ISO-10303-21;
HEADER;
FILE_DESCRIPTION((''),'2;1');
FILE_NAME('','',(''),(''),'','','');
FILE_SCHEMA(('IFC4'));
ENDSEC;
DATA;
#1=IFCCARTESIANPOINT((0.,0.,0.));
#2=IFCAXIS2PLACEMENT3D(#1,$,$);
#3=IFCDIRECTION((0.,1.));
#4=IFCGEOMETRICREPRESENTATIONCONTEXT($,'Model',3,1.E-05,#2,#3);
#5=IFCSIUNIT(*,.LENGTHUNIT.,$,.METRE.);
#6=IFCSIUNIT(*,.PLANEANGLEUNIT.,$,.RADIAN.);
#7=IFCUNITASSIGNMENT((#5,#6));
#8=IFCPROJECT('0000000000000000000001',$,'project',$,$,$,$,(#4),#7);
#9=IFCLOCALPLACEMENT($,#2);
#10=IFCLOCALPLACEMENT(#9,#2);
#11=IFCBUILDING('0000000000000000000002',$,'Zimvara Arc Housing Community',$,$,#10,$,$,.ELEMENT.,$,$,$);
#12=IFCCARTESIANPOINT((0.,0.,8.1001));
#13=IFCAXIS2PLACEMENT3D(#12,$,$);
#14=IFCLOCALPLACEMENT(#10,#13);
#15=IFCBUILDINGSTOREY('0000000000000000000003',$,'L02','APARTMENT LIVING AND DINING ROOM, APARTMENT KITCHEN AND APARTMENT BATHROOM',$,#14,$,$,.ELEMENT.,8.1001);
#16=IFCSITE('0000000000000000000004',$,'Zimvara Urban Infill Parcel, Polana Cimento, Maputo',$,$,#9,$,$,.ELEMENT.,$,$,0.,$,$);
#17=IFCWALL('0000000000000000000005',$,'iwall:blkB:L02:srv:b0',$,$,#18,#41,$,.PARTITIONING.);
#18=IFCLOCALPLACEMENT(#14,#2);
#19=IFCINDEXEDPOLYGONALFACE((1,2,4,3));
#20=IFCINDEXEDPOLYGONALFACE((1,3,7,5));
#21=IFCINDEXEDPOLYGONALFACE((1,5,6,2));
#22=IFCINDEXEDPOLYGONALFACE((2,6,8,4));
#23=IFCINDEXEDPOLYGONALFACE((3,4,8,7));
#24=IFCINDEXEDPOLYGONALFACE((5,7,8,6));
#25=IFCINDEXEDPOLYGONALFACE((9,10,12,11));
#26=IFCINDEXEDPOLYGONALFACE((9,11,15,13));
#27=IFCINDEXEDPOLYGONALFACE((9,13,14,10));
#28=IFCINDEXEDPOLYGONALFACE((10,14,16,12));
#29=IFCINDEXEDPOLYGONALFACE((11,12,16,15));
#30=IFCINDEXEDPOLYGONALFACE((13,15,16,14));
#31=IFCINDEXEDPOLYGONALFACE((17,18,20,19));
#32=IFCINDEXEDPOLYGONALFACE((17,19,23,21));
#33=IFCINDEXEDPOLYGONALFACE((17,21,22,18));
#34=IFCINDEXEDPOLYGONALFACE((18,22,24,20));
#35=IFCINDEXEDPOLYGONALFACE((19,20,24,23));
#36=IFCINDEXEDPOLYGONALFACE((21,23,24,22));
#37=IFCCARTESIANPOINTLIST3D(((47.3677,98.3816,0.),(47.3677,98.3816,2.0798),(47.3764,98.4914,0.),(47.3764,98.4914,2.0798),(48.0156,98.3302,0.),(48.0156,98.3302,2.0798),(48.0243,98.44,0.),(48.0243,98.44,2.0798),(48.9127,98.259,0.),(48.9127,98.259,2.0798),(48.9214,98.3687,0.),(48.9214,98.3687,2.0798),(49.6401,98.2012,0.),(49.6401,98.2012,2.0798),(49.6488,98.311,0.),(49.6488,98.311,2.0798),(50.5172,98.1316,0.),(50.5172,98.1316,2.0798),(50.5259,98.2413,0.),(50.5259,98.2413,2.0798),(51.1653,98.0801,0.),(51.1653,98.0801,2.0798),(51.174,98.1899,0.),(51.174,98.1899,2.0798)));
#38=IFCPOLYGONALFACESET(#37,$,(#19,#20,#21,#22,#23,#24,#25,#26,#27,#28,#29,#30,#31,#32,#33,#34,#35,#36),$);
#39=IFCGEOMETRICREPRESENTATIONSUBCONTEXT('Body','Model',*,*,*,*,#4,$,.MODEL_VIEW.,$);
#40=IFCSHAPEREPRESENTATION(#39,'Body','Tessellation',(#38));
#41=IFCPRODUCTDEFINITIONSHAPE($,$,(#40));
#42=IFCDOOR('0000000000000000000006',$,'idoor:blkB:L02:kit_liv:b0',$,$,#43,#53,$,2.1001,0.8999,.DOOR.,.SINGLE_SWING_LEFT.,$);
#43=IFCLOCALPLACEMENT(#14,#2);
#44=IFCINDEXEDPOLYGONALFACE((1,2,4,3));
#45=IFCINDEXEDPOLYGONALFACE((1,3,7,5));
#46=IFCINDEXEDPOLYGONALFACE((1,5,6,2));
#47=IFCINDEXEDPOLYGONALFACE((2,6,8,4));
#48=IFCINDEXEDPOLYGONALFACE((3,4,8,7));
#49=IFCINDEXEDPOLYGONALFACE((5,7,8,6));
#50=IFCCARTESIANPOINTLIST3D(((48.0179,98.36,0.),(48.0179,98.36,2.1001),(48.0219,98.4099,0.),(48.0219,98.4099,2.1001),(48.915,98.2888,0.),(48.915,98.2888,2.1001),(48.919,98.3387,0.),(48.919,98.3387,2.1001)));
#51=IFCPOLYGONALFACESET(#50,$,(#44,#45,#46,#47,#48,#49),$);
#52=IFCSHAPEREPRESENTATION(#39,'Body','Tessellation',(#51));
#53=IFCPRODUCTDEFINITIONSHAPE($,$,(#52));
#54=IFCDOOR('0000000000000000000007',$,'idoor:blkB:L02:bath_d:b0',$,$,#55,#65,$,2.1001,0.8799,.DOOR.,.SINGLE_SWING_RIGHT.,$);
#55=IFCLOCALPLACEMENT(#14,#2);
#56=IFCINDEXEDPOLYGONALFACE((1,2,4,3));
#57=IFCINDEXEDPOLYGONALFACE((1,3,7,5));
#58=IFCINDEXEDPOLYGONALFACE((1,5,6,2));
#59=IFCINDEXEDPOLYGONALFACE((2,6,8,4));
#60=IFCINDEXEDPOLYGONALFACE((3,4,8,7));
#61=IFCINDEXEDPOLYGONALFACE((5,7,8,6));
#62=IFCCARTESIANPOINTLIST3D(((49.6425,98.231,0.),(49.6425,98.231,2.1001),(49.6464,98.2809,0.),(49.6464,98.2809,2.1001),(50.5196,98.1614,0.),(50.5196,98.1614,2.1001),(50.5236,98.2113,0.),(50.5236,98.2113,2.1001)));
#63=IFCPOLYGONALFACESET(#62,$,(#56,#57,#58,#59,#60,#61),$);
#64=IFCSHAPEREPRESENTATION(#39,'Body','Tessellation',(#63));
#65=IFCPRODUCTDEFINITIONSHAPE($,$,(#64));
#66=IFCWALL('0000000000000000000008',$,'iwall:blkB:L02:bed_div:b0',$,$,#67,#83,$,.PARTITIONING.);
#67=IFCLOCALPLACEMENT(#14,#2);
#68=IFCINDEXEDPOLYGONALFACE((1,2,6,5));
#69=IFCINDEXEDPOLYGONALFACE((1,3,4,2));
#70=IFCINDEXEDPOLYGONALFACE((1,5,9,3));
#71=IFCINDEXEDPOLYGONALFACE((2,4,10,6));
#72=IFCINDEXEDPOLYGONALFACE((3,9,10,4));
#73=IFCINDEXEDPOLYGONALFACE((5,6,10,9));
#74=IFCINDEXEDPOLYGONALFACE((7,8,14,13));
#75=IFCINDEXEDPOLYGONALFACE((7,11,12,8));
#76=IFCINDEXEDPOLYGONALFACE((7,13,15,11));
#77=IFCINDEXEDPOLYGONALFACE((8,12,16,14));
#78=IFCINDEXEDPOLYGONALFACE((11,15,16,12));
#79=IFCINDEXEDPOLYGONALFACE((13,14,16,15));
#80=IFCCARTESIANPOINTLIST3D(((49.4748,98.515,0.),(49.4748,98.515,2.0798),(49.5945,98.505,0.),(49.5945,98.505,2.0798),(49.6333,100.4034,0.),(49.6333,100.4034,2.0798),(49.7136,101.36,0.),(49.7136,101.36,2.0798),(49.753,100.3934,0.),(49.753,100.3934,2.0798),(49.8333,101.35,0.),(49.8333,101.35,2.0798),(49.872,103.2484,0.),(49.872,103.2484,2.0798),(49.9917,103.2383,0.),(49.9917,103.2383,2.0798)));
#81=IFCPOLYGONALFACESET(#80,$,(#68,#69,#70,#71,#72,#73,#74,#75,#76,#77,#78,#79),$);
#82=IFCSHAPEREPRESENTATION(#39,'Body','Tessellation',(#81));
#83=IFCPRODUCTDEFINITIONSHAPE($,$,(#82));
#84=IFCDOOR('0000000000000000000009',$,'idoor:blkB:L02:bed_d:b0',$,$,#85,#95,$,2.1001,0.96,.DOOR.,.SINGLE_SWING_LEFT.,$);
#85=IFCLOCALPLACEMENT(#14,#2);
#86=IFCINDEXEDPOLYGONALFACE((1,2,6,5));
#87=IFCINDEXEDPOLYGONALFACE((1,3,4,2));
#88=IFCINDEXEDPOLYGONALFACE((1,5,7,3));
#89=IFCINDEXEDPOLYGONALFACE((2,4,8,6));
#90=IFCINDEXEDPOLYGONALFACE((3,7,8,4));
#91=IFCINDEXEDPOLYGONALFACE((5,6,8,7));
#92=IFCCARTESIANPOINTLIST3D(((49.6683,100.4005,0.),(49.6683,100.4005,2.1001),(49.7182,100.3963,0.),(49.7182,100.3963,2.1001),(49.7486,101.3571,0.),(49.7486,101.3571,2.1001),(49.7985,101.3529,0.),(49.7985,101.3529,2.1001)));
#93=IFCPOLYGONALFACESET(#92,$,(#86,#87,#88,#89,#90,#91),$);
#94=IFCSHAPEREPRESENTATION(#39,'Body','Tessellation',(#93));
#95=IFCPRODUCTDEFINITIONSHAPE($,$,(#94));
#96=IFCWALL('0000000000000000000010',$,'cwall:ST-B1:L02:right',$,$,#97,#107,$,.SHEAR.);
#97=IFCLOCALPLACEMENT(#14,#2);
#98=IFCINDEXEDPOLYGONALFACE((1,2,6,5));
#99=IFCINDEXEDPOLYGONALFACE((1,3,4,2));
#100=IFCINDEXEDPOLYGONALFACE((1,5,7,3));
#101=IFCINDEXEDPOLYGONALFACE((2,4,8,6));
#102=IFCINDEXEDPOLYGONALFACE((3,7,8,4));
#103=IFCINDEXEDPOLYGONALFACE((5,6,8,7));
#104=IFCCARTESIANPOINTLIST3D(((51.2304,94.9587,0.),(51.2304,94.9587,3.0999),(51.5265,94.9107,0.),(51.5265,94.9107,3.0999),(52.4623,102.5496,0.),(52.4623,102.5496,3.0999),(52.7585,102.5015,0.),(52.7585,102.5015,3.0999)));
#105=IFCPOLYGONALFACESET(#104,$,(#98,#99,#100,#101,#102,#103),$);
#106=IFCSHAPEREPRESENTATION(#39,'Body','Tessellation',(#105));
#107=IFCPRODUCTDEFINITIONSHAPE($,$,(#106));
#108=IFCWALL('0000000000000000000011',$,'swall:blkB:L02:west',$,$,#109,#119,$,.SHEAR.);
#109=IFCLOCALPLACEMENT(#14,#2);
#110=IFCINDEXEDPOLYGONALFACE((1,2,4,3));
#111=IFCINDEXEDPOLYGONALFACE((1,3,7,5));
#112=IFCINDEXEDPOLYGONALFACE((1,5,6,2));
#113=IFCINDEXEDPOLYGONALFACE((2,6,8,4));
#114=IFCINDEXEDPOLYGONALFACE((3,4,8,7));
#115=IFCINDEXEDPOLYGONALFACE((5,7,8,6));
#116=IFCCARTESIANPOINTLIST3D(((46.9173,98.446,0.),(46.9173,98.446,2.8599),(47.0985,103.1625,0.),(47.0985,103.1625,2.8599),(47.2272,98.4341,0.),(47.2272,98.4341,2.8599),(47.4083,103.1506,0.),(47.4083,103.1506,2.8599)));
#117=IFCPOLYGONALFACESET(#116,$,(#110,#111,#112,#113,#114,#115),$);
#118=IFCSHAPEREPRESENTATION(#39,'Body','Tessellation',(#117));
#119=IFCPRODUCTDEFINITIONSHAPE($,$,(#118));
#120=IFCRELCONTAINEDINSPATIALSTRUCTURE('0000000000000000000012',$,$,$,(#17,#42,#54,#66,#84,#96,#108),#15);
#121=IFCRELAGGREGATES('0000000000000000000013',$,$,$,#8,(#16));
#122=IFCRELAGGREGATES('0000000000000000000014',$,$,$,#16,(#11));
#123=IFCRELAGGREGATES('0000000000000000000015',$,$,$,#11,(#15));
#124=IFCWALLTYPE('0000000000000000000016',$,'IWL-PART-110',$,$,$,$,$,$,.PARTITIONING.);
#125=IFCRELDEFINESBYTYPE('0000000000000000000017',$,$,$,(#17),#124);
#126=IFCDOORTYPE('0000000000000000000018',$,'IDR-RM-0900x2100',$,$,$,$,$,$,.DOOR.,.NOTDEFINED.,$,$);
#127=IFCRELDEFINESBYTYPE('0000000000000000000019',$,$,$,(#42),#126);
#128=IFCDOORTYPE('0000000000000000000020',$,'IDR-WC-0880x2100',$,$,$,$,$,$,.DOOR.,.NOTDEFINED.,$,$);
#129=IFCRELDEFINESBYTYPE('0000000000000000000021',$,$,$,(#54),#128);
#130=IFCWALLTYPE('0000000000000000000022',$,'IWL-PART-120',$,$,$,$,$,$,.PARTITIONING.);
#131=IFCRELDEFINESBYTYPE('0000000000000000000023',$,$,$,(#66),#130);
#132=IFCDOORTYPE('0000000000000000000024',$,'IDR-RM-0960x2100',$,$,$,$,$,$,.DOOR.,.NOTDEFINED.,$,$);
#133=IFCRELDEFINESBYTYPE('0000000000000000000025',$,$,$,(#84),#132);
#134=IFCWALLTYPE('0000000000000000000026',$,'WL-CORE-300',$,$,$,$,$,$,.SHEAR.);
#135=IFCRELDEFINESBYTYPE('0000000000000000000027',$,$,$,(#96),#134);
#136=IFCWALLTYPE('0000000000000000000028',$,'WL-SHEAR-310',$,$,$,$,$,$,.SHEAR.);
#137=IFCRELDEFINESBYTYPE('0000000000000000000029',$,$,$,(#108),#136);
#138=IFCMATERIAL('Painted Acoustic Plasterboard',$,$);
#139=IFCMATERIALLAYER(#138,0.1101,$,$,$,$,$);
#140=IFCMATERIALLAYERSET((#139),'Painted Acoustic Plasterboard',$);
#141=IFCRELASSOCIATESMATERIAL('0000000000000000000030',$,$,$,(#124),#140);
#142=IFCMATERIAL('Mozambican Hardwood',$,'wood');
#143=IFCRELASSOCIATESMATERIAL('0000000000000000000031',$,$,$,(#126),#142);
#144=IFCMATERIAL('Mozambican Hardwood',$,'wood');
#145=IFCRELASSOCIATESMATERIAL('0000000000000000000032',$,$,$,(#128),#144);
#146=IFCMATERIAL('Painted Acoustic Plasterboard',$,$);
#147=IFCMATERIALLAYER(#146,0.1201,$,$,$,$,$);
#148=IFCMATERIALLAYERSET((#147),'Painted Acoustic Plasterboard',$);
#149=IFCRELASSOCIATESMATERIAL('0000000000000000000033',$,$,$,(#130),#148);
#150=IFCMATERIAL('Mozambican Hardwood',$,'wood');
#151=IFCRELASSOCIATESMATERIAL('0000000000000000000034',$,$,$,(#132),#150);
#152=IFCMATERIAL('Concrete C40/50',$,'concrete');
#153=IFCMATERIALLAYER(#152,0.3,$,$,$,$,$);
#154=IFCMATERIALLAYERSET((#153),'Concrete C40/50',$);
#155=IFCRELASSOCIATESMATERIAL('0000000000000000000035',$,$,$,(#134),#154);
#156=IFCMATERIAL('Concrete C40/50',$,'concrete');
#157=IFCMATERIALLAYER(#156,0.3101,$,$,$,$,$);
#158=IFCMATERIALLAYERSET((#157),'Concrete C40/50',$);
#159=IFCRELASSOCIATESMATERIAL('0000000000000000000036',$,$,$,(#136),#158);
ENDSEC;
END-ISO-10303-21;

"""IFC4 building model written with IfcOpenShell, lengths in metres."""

from ifc_helpers import new_model, si_unit, direction, frame, frame_2d, origin, place, context, subcontext, project, spatial, rectangle, extrude, material, layer, layer_set, type_object, element, fill, save


model = new_model("IFC4")

# Units and contexts
model_context = context("Model", 3, precision=1e-05, world=origin(), true_north=direction((0.0, 1.0)))
body_context = subcontext(model_context, "Body", "Model", "MODEL_VIEW")
ifc_project = project(units=[si_unit("LENGTHUNIT", "METRE"), si_unit("PLANEANGLEUNIT", "RADIAN")], contexts=[model_context])

# Site, building, storey
site_placement = place(None, origin())
site = spatial("IfcSite", under=ifc_project, at=site_placement, Name="Zimvara Urban Infill Parcel, Polana Cimento, Maputo", CompositionType="ELEMENT", RefElevation=0.0)
building_placement = place(site_placement, origin())
building = spatial("IfcBuilding", under=site, at=building_placement, Name="Zimvara Arc Housing Community", CompositionType="ELEMENT")
storey_placement = place(building_placement, frame((0.0, 0.0, 8.1001)))
storey = spatial("IfcBuildingStorey", under=building, at=storey_placement, Name="L02", Description="APARTMENT LIVING AND DINING ROOM, APARTMENT KITCHEN AND APARTMENT BATHROOM", CompositionType="ELEMENT", Elevation=8.1001)

# Wall, openings, doors
ifc_material_1 = material(Name="Painted Acoustic Plasterboard")
ifc_layer_1 = layer(ifc_material_1, 0.1101)
ifc_layer_set_1 = layer_set([ifc_layer_1], Name="Painted Acoustic Plasterboard")
wall_type_1 = type_object("IfcWallType", Name="IWL-PART-110", PredefinedType="PARTITIONING", material=ifc_layer_set_1)
wall_1_placement = place(storey_placement, frame((47.3721, 98.4365, 0.0), z_axis=(0.0, 0.0, 1.0), x_axis=(0.996863, -0.079147, 0.0)))
wall_1 = element("IfcWall", 1, at=wall_1_placement, inside=storey, type_object=wall_type_1, Name="iwall:blkB:L02:srv:b0", PredefinedType="PARTITIONING", context=body_context, shape_type="SweptSolid", body=[
    extrude(rectangle(XDim=3.8096, YDim=0.1101, at=frame_2d((1.9048, 0.0))), origin(), (0.0, 0.0, 1.0), 2.0798),
])
opening_1_placement = place(wall_1_placement, frame((0.6499, 0.0, 0.0)))
opening_1 = element("IfcOpeningElement", 2, at=opening_1_placement, cuts=wall_1, PredefinedType="OPENING", context=body_context, shape_type="SweptSolid", body=[
    extrude(rectangle(XDim=0.8999, YDim=2.1001, at=frame_2d((0.45, 1.05))), frame((0.0, 0.0649, 0.0), z_axis=(0.0, -1.0, 0.0), x_axis=(1.0, 0.0, 0.0)), (0.0, 0.0, 1.0), 0.1301),
])
opening_2_placement = place(wall_1_placement, frame((2.2795, 0.0, 0.0)))
opening_2 = element("IfcOpeningElement", 3, at=opening_2_placement, cuts=wall_1, PredefinedType="OPENING", context=body_context, shape_type="SweptSolid", body=[
    extrude(rectangle(XDim=0.8799, YDim=2.1001, at=frame_2d((0.4399, 1.05))), frame((0.0, 0.0649, 0.0), z_axis=(0.0, -1.0, 0.0), x_axis=(1.0, 0.0, 0.0)), (0.0, 0.0, 1.0), 0.1301),
])
ifc_material_2 = material(Name="Mozambican Hardwood", Category="wood")
door_type_1 = type_object("IfcDoorType", Name="IDR-RM-0900x2100", OperationType="NOTDEFINED", PredefinedType="DOOR", material=ifc_material_2)
door_1_placement = place(opening_1_placement, origin())
door_1 = element("IfcDoor", 4, at=door_1_placement, inside=storey, type_object=door_type_1, Name="idoor:blkB:L02:kit_liv:b0", OperationType="SINGLE_SWING_LEFT", OverallHeight=2.1001, OverallWidth=0.8999, PredefinedType="DOOR", context=body_context, shape_type="SweptSolid", body=[
    extrude(rectangle(XDim=0.8999, YDim=2.1001, at=frame_2d((0.45, 1.05))), frame((0.0, 0.0249, 0.0), z_axis=(0.0, -1.0, 0.0), x_axis=(1.0, 0.0, 0.0)), (0.0, 0.0, 1.0), 0.05),
])
fill(opening_1, door_1)
ifc_material_3 = material(Name="Mozambican Hardwood", Category="wood")
door_type_2 = type_object("IfcDoorType", Name="IDR-WC-0880x2100", OperationType="NOTDEFINED", PredefinedType="DOOR", material=ifc_material_3)
door_2_placement = place(opening_2_placement, origin())
door_2 = element("IfcDoor", 5, at=door_2_placement, inside=storey, type_object=door_type_2, Name="idoor:blkB:L02:bath_d:b0", OperationType="SINGLE_SWING_RIGHT", OverallHeight=2.1001, OverallWidth=0.8799, PredefinedType="DOOR", context=body_context, shape_type="SweptSolid", body=[
    extrude(rectangle(XDim=0.8799, YDim=2.1001, at=frame_2d((0.4399, 1.05))), frame((0.0, 0.0249, 0.0), z_axis=(0.0, -1.0, 0.0), x_axis=(1.0, 0.0, 0.0)), (0.0, 0.0, 1.0), 0.05),
])
fill(opening_2, door_2)

# Wall, opening, door
ifc_material_4 = material(Name="Painted Acoustic Plasterboard")
ifc_layer_2 = layer(ifc_material_4, 0.1201)
ifc_layer_set_2 = layer_set([ifc_layer_2], Name="Painted Acoustic Plasterboard")
wall_type_2 = type_object("IfcWallType", Name="IWL-PART-120", PredefinedType="PARTITIONING", material=ifc_layer_set_2)
wall_2_placement = place(storey_placement, frame((49.5347, 98.51, 0.0), z_axis=(0.0, 0.0, 1.0), x_axis=(0.083624, 0.996497, 0.0)))
wall_2 = element("IfcWall", 6, at=wall_2_placement, inside=storey, type_object=wall_type_2, Name="iwall:blkB:L02:bed_div:b0", PredefinedType="PARTITIONING", context=body_context, shape_type="SweptSolid", body=[
    extrude(rectangle(XDim=4.75, YDim=0.1201, at=frame_2d((2.375, 0.0))), origin(), (0.0, 0.0, 1.0), 2.0798),
])
opening_3_placement = place(wall_2_placement, frame((1.895, 0.0, 0.0)))
opening_3 = element("IfcOpeningElement", 7, at=opening_3_placement, cuts=wall_2, PredefinedType="OPENING", context=body_context, shape_type="SweptSolid", body=[
    extrude(rectangle(XDim=0.96, YDim=2.1001, at=frame_2d((0.48, 1.05))), frame((0.0, 0.0701, 0.0), z_axis=(0.0, -1.0, 0.0), x_axis=(1.0, 0.0, 0.0)), (0.0, 0.0, 1.0), 0.1401),
])
ifc_material_5 = material(Name="Mozambican Hardwood", Category="wood")
door_type_3 = type_object("IfcDoorType", Name="IDR-RM-0960x2100", OperationType="NOTDEFINED", PredefinedType="DOOR", material=ifc_material_5)
door_3_placement = place(opening_3_placement, origin())
door_3 = element("IfcDoor", 8, at=door_3_placement, inside=storey, type_object=door_type_3, Name="idoor:blkB:L02:bed_d:b0", OperationType="SINGLE_SWING_LEFT", OverallHeight=2.1001, OverallWidth=0.96, PredefinedType="DOOR", context=body_context, shape_type="SweptSolid", body=[
    extrude(rectangle(XDim=0.96, YDim=2.1001, at=frame_2d((0.48, 1.05))), frame((0.0, 0.0249, 0.0), z_axis=(0.0, -1.0, 0.0), x_axis=(1.0, 0.0, 0.0)), (0.0, 0.0, 1.0), 0.05),
])
fill(opening_3, door_3)

# Walls
ifc_material_6 = material(Name="Concrete C40/50", Category="concrete")
ifc_layer_3 = layer(ifc_material_6, 0.3)
ifc_layer_set_3 = layer_set([ifc_layer_3], Name="Concrete C40/50")
wall_type_3 = type_object("IfcWallType", Name="WL-CORE-300", PredefinedType="SHEAR", material=ifc_layer_set_3)
wall_3_placement = place(storey_placement, frame((51.3784, 94.9346, 0.0), z_axis=(0.0, 0.0, 1.0), x_axis=(0.160197, 0.987085, 0.0)))
element("IfcWall", 9, at=wall_3_placement, inside=storey, type_object=wall_type_3, Name="cwall:ST-B1:L02:right", PredefinedType="SHEAR", context=body_context, shape_type="SweptSolid", body=[
    extrude(rectangle(XDim=7.6902, YDim=0.3, at=frame_2d((3.8452, 0.0))), origin(), (0.0, 0.0, 1.0), 3.0999),
])
ifc_material_7 = material(Name="Concrete C40/50", Category="concrete")
ifc_layer_4 = layer(ifc_material_7, 0.3101)
ifc_layer_set_4 = layer_set([ifc_layer_4], Name="Concrete C40/50")
wall_type_4 = type_object("IfcWallType", Name="WL-SHEAR-310", PredefinedType="SHEAR", material=ifc_layer_set_4)
wall_4_placement = place(storey_placement, frame((47.0723, 98.4402, 0.0), z_axis=(0.0, 0.0, 1.0), x_axis=(0.038379, 0.999263, 0.0)))
element("IfcWall", 10, at=wall_4_placement, inside=storey, type_object=wall_type_4, Name="swall:blkB:L02:west", PredefinedType="SHEAR", context=body_context, shape_type="SweptSolid", body=[
    extrude(rectangle(XDim=4.72, YDim=0.3101, at=frame_2d((2.3599, 0.0))), origin(), (0.0, 0.0, 1.0), 2.8599),
])

save(model, "model.ifc")
